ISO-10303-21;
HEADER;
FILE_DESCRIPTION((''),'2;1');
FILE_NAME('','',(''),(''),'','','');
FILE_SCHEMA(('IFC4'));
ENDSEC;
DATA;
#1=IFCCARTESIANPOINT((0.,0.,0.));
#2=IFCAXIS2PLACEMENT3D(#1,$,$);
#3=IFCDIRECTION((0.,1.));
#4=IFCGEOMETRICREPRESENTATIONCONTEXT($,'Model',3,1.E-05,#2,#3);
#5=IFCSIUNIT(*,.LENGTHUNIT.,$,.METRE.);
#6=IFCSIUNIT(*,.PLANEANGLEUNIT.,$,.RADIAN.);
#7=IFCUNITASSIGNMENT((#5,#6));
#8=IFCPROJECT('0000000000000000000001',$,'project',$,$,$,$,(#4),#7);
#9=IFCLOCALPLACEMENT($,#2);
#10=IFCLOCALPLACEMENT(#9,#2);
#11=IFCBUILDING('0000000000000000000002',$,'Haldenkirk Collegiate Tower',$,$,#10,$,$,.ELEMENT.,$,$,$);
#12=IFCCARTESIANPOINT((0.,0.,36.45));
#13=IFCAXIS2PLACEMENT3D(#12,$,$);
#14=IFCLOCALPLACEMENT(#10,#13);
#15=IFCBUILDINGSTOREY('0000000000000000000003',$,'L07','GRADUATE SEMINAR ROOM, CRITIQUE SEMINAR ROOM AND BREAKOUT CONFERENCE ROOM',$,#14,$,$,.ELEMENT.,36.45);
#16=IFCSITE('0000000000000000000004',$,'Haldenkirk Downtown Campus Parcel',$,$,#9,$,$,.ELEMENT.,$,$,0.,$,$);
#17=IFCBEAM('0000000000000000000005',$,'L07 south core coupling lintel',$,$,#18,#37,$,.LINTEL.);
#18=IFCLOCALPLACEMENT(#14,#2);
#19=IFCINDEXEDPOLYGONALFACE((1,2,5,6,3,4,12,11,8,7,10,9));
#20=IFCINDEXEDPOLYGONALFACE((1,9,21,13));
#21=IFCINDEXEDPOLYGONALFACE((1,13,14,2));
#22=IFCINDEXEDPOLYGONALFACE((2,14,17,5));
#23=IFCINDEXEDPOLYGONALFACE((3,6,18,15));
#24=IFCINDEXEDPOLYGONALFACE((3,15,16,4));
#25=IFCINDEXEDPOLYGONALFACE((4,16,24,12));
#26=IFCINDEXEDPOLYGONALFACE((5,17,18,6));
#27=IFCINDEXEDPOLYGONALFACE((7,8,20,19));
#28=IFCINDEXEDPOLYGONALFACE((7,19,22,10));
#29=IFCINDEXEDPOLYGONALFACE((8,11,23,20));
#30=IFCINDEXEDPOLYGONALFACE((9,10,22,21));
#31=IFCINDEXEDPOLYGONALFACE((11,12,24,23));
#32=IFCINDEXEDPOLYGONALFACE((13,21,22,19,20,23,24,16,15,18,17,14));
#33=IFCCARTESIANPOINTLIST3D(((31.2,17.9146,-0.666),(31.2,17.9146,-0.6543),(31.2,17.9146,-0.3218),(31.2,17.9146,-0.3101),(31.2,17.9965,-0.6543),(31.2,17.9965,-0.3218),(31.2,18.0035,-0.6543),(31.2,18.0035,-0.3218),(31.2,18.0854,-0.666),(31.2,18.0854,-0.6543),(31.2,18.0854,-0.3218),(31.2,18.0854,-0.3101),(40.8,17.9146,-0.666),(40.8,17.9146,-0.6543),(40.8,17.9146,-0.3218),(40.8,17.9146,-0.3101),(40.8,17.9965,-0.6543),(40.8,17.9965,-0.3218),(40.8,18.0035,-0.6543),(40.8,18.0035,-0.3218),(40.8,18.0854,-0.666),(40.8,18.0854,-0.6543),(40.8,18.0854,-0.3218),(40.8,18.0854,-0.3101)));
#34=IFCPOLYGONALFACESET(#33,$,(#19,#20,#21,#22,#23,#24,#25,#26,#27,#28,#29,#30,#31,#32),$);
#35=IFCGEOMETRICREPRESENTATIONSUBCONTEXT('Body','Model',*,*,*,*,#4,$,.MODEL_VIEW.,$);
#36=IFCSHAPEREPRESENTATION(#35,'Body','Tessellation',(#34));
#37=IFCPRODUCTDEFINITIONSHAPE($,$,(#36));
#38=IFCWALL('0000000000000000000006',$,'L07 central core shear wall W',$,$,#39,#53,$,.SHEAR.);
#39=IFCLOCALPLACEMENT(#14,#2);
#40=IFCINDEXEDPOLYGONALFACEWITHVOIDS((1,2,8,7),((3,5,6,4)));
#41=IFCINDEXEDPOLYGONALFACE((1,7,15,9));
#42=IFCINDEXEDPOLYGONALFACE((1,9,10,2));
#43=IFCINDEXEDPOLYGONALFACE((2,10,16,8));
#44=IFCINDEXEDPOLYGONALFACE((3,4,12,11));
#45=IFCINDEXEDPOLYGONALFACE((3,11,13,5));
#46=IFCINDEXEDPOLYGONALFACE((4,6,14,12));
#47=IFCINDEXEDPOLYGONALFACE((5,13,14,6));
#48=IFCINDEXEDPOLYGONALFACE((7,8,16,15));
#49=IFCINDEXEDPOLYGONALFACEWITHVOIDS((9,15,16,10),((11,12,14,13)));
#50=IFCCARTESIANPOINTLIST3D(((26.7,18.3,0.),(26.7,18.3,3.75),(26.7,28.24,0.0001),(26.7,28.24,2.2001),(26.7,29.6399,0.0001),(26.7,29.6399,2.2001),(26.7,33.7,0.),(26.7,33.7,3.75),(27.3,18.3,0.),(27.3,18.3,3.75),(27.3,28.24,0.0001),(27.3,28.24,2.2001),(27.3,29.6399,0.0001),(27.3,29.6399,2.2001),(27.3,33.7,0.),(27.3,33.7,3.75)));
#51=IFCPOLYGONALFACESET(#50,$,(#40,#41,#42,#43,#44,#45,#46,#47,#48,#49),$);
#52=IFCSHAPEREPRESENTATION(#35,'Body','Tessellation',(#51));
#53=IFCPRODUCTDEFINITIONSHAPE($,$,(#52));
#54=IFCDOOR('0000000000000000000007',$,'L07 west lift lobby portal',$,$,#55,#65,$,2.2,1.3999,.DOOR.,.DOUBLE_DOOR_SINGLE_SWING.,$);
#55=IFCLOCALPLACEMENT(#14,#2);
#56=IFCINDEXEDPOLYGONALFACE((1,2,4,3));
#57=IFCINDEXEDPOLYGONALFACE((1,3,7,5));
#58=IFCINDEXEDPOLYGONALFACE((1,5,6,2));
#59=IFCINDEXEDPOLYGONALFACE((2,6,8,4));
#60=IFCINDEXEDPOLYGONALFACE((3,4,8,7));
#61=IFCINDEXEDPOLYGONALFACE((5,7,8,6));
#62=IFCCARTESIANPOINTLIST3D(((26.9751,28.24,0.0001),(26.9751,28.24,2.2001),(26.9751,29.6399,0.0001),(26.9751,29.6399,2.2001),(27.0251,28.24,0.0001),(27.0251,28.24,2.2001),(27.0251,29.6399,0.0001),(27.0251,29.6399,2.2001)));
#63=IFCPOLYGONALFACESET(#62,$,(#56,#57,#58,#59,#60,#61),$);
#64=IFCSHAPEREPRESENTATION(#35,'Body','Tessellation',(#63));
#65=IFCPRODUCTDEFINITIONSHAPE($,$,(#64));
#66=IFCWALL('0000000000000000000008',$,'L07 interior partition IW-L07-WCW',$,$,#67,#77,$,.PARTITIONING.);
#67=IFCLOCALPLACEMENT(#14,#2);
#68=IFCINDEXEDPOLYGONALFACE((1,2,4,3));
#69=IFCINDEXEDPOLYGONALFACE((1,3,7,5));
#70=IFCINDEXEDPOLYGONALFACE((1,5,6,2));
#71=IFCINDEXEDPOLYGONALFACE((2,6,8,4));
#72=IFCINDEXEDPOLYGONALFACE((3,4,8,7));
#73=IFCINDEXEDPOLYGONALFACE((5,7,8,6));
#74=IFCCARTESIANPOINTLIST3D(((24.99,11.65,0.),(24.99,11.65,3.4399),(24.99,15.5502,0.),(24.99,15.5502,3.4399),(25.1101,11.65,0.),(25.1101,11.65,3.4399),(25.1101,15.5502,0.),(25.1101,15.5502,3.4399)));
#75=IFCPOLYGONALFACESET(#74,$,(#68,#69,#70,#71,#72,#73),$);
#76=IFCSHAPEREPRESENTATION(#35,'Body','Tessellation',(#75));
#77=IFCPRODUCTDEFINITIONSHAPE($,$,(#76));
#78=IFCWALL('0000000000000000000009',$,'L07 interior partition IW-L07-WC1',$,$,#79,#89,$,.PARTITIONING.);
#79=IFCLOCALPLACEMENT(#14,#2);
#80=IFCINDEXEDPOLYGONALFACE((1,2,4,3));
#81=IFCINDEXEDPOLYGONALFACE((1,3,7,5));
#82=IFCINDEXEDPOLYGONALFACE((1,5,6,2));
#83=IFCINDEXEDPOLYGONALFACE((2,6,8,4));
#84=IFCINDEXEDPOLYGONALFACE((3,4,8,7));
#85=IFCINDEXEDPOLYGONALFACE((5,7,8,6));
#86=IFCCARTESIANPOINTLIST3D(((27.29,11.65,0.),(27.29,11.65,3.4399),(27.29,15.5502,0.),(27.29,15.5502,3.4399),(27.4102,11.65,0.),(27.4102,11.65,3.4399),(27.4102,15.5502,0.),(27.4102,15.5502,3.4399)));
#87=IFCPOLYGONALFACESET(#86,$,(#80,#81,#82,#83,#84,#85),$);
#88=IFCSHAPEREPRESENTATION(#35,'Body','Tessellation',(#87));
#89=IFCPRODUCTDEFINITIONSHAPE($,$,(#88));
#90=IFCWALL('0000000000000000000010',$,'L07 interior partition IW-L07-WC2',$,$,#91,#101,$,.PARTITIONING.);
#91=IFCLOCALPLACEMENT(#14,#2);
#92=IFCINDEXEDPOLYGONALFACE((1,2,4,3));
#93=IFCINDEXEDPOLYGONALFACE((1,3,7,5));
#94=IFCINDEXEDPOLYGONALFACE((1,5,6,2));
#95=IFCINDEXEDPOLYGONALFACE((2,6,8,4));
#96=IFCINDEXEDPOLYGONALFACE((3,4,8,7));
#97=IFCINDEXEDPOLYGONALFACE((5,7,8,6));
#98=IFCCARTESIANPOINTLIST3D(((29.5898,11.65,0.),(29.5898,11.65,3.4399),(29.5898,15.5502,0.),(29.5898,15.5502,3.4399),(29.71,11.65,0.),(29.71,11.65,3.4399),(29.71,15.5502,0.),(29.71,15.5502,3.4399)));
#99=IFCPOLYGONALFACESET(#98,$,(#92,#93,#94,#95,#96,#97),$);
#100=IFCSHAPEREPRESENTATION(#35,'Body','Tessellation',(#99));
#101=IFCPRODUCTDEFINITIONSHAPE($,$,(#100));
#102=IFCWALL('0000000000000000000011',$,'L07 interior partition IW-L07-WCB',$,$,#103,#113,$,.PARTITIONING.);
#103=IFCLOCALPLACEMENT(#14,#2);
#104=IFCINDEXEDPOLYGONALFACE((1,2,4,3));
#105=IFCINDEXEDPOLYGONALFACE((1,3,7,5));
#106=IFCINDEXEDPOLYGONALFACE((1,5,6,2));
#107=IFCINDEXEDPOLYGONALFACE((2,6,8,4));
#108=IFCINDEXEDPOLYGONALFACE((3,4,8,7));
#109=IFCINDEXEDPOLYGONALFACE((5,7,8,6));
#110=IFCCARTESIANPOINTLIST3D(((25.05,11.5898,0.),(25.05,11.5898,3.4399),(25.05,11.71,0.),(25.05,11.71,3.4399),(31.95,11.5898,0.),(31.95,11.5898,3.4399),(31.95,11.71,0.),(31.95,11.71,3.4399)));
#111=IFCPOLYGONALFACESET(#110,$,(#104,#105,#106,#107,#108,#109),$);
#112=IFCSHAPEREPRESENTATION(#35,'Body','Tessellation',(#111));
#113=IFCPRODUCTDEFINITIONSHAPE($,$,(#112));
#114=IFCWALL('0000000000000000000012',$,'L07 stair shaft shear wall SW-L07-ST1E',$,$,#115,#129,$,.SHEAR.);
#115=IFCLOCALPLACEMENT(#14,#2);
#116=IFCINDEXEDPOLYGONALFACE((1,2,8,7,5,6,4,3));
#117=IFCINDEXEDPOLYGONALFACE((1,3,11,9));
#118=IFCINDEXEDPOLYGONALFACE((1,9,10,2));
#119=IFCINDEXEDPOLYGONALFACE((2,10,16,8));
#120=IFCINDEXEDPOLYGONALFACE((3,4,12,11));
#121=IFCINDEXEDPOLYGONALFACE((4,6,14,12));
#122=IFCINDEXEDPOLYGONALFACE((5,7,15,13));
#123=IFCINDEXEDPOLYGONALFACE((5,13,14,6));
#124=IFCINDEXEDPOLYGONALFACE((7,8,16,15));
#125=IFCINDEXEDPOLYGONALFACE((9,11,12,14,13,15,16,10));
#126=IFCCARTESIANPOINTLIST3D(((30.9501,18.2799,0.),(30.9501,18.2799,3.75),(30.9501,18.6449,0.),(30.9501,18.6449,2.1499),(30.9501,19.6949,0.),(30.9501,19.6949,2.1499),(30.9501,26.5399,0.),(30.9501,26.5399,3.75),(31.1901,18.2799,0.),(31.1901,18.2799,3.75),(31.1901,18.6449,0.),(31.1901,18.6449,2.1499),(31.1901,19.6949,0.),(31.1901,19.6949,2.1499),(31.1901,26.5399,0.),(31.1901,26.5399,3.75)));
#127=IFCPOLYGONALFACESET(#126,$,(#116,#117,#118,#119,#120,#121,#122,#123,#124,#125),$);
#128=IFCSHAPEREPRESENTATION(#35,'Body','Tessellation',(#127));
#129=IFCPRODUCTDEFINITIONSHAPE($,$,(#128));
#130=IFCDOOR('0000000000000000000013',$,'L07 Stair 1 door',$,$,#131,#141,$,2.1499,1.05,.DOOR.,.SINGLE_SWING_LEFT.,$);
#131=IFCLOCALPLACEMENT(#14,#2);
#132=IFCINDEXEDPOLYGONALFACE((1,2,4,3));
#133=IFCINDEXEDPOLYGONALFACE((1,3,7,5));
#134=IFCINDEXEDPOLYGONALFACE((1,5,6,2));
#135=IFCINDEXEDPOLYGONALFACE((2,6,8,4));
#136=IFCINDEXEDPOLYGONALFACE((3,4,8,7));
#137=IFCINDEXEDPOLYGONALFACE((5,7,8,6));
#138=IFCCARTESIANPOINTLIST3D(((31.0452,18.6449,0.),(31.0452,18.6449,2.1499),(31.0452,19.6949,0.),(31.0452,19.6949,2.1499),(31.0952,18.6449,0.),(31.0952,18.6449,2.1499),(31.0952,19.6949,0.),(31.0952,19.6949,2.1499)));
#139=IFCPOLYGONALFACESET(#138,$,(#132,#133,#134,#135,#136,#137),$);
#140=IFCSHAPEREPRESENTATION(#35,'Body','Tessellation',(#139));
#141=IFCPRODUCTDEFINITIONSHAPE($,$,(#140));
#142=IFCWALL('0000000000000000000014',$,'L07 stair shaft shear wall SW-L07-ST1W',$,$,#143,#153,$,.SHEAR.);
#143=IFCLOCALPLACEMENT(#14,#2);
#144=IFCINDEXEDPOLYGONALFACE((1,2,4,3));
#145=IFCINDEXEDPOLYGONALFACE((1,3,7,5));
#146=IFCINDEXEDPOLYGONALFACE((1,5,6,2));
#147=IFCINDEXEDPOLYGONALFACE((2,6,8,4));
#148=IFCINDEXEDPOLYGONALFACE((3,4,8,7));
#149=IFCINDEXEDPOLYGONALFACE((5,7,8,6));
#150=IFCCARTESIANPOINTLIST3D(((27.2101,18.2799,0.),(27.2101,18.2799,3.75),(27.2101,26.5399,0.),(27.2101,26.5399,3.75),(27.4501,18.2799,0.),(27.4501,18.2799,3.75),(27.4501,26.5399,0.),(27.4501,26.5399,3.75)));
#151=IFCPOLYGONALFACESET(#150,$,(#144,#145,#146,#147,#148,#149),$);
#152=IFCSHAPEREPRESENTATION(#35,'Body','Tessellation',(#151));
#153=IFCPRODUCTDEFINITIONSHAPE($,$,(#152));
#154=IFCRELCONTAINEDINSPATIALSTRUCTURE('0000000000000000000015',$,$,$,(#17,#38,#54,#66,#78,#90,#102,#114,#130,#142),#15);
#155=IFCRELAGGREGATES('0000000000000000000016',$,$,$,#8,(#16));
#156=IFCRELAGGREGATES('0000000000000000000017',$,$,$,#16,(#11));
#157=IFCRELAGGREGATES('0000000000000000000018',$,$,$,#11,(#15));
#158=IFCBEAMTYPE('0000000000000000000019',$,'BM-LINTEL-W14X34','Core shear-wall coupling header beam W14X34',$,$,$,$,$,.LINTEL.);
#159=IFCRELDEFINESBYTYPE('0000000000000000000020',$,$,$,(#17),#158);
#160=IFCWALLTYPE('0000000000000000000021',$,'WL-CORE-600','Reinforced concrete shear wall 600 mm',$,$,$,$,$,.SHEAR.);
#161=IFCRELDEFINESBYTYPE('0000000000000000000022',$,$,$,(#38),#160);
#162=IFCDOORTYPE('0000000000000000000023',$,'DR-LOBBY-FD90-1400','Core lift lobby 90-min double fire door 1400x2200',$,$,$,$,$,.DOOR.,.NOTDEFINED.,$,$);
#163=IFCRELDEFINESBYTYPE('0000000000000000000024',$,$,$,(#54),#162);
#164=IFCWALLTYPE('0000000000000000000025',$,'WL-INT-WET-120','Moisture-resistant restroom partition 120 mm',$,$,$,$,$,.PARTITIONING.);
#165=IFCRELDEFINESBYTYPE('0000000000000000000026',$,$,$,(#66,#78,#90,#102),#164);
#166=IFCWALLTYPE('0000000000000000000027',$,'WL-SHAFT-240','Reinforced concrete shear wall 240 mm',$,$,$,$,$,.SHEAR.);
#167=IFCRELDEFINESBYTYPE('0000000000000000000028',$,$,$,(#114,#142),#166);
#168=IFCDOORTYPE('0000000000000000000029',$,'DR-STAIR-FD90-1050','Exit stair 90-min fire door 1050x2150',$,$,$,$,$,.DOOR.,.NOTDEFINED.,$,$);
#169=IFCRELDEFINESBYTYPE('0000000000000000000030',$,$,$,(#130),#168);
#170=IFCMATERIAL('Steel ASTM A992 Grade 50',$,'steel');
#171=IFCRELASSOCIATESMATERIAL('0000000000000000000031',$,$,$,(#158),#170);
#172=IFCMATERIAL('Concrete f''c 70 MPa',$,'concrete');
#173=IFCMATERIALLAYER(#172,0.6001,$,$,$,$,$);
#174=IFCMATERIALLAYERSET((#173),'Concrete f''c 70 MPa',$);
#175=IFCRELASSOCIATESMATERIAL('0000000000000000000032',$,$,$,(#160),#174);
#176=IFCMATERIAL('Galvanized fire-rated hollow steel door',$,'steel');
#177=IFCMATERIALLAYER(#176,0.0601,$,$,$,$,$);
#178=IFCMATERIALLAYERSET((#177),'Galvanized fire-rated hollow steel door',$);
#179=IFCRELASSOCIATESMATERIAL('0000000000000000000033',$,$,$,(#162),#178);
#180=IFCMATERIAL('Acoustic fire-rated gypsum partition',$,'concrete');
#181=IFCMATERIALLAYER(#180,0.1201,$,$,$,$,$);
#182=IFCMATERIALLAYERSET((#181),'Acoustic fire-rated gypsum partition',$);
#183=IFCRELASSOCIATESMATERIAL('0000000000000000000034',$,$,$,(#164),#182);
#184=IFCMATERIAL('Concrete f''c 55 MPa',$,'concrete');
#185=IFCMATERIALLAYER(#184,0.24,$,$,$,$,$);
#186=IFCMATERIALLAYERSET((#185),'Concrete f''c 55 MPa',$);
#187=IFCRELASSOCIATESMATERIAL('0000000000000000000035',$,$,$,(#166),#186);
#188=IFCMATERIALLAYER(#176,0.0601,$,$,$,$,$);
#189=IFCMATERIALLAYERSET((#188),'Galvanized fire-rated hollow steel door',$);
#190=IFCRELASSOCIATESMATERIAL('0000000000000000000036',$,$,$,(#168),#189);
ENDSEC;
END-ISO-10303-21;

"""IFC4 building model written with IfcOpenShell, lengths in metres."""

from ifc_helpers import new_model, si_unit, direction, frame, frame_2d, origin, origin_2d, place, context, subcontext, project, spatial, rectangle, i_section, extrude, material, layer, layer_set, material_profile, profile_set, type_object, element, fill, save


model = new_model("IFC4")

# Units and contexts
model_context = context("Model", 3, precision=1e-05, world=origin(), true_north=direction((0.0, 1.0)))
body_context = subcontext(model_context, "Body", "Model", "MODEL_VIEW")
ifc_project = project(units=[si_unit("LENGTHUNIT", "METRE"), si_unit("PLANEANGLEUNIT", "RADIAN")], contexts=[model_context])

# Site, building, storey
site_placement = place(None, origin())
site = spatial("IfcSite", under=ifc_project, at=site_placement, Name="Haldenkirk Downtown Campus Parcel", CompositionType="ELEMENT", RefElevation=0.0)
building_placement = place(site_placement, origin())
building = spatial("IfcBuilding", under=site, at=building_placement, Name="Haldenkirk Collegiate Tower", CompositionType="ELEMENT")
storey_placement = place(building_placement, frame((0.0, 0.0, 36.45)))
storey = spatial("IfcBuildingStorey", under=building, at=storey_placement, Name="L07", Description="GRADUATE SEMINAR ROOM, CRITIQUE SEMINAR ROOM AND BREAKOUT CONFERENCE ROOM", CompositionType="ELEMENT", Elevation=36.45)

# Beam
ifc_material_1 = material(Name="Steel ASTM A992 Grade 50", Category="steel")
ifc_material_profile = material_profile(ifc_material_1, i_section(OverallWidth=0.1709, OverallDepth=0.356, WebThickness=0.0071, FlangeThickness=0.0117, at=origin_2d()), Name="W14X34")
ifc_profile_set = profile_set([ifc_material_profile], Name="Steel ASTM A992 Grade 50")
beam_type = type_object("IfcBeamType", Name="BM-LINTEL-W14X34", Description="Core shear-wall coupling header beam W14X34", PredefinedType="LINTEL", material=ifc_profile_set)
beam_placement = place(storey_placement, frame((31.2, 18.0, -0.488), z_axis=(1.0, 0.0, 0.0), x_axis=(0.0, 1.0, 0.0)))
element("IfcBeam", 1, at=beam_placement, inside=storey, type_object=beam_type, Name="L07 south core coupling lintel", PredefinedType="LINTEL", context=body_context, shape_type="SweptSolid", body=[
    extrude(i_section(OverallWidth=0.1709, OverallDepth=0.356, WebThickness=0.0071, FlangeThickness=0.0117, at=origin_2d()), origin(), (0.0, 0.0, 1.0), 9.6001),
])

# Shared definitions
ifc_material_2 = material(Name="Concrete f'c 70 MPa", Category="concrete")
ifc_layer_1 = layer(ifc_material_2, 0.6001)
ifc_layer_set_1 = layer_set([ifc_layer_1], Name="Concrete f'c 70 MPa")
wall_type_1 = type_object("IfcWallType", Name="WL-CORE-600", Description="Reinforced concrete shear wall 600 mm", PredefinedType="SHEAR", material=ifc_layer_set_1)
ifc_material_3 = material(Name="Galvanized fire-rated hollow steel door", Category="steel")

# Wall, opening, door
wall_1_placement = place(storey_placement, frame((27.0, 18.3, 0.0), z_axis=(0.0, 0.0, 1.0), x_axis=(0.0, 1.0, 0.0)))
wall_1 = element("IfcWall", 2, at=wall_1_placement, inside=storey, type_object=wall_type_1, Name="L07 central core shear wall W", PredefinedType="SHEAR", context=body_context, shape_type="SweptSolid", body=[
    extrude(rectangle(XDim=15.3999, YDim=0.6001, at=frame_2d((7.7, 0.0))), origin(), (0.0, 0.0, 1.0), 3.75),
])
opening_1_placement = place(wall_1_placement, frame((9.9399, 0.0, 0.0)))
opening_1 = element("IfcOpeningElement", 3, at=opening_1_placement, cuts=wall_1, PredefinedType="OPENING", context=body_context, shape_type="SweptSolid", body=[
    extrude(rectangle(XDim=1.3999, YDim=2.2, at=frame_2d((0.7, 1.1001))), frame((0.0, 0.3101, 0.0), z_axis=(0.0, -1.0, 0.0), x_axis=(1.0, 0.0, 0.0)), (0.0, 0.0, 1.0), 0.6201),
])
ifc_layer_2 = layer(ifc_material_3, 0.0601)
ifc_layer_set_2 = layer_set([ifc_layer_2], Name="Galvanized fire-rated hollow steel door")
door_type_1 = type_object("IfcDoorType", Name="DR-LOBBY-FD90-1400", Description="Core lift lobby 90-min double fire door 1400x2200", OperationType="NOTDEFINED", PredefinedType="DOOR", material=ifc_layer_set_2)
door_1_placement = place(opening_1_placement, origin())
door_1 = element("IfcDoor", 4, at=door_1_placement, inside=storey, type_object=door_type_1, Name="L07 west lift lobby portal", OperationType="DOUBLE_DOOR_SINGLE_SWING", OverallHeight=2.2, OverallWidth=1.3999, PredefinedType="DOOR", context=body_context, shape_type="SweptSolid", body=[
    extrude(rectangle(XDim=1.3999, YDim=2.2, at=frame_2d((0.7, 1.1001))), frame((0.0, 0.0249, 0.0), z_axis=(0.0, -1.0, 0.0), x_axis=(1.0, 0.0, 0.0)), (0.0, 0.0, 1.0), 0.05),
])
fill(opening_1, door_1)

# Walls
ifc_material_4 = material(Name="Acoustic fire-rated gypsum partition", Category="concrete")
ifc_layer_3 = layer(ifc_material_4, 0.1201)
ifc_layer_set_3 = layer_set([ifc_layer_3], Name="Acoustic fire-rated gypsum partition")
wall_type_2 = type_object("IfcWallType", Name="WL-INT-WET-120", Description="Moisture-resistant restroom partition 120 mm", PredefinedType="PARTITIONING", material=ifc_layer_set_3)
for number, where, z_axis, x_axis, name in (
    (5, (25.05, 11.6499, 0.0), (0.0, 0.0, 1.0), (0.0, 1.0, 0.0), "L07 interior partition IW-L07-WCW"),
    (6, (27.3501, 11.6499, 0.0), (0.0, 0.0, 1.0), (0.0, 1.0, 0.0), "L07 interior partition IW-L07-WC1"),
    (7, (29.6499, 11.6499, 0.0), (0.0, 0.0, 1.0), (0.0, 1.0, 0.0), "L07 interior partition IW-L07-WC2"),
):
    element("IfcWall", number, at=place(storey_placement, frame(where, z_axis=z_axis, x_axis=x_axis)), inside=storey, type_object=wall_type_2, Name=name, PredefinedType="PARTITIONING", context=body_context, shape_type="SweptSolid", body=[
        extrude(rectangle(XDim=3.9001, YDim=0.1201, at=frame_2d((1.9502, 0.0))), origin(), (0.0, 0.0, 1.0), 3.4399),
    ])
wall_2_placement = place(storey_placement, frame((25.05, 11.6499, 0.0), z_axis=(0.0, 0.0, 1.0), x_axis=(1.0, 0.0, 0.0)))
element("IfcWall", 8, at=wall_2_placement, inside=storey, type_object=wall_type_2, Name="L07 interior partition IW-L07-WCB", PredefinedType="PARTITIONING", context=body_context, shape_type="SweptSolid", body=[
    extrude(rectangle(XDim=6.8999, YDim=0.1201, at=frame_2d((3.45, 0.0))), origin(), (0.0, 0.0, 1.0), 3.4399),
])

# Wall, opening, door
ifc_material_5 = material(Name="Concrete f'c 55 MPa", Category="concrete")
ifc_layer_4 = layer(ifc_material_5, 0.24)
ifc_layer_set_4 = layer_set([ifc_layer_4], Name="Concrete f'c 55 MPa")
wall_type_3 = type_object("IfcWallType", Name="WL-SHAFT-240", Description="Reinforced concrete shear wall 240 mm", PredefinedType="SHEAR", material=ifc_layer_set_4)
wall_3_placement = place(storey_placement, frame((31.0701, 18.28, 0.0), z_axis=(0.0, 0.0, 1.0), x_axis=(0.0, 1.0, 0.0)))
wall_3 = element("IfcWall", 9, at=wall_3_placement, inside=storey, type_object=wall_type_3, Name="L07 stair shaft shear wall SW-L07-ST1E", PredefinedType="SHEAR", context=body_context, shape_type="SweptSolid", body=[
    extrude(rectangle(XDim=8.26, YDim=0.24, at=frame_2d((4.1299, 0.0))), origin(), (0.0, 0.0, 1.0), 3.75),
])
opening_2_placement = place(wall_3_placement, frame((0.365, 0.0, 0.0)))
opening_2 = element("IfcOpeningElement", 10, at=opening_2_placement, cuts=wall_3, PredefinedType="OPENING", context=body_context, shape_type="SweptSolid", body=[
    extrude(rectangle(XDim=1.05, YDim=2.1499, at=frame_2d((0.5249, 1.075))), frame((0.0, 0.1299, 0.0), z_axis=(0.0, -1.0, 0.0), x_axis=(1.0, 0.0, 0.0)), (0.0, 0.0, 1.0), 0.26),
])
ifc_layer_5 = layer(ifc_material_3, 0.0601)
ifc_layer_set_5 = layer_set([ifc_layer_5], Name="Galvanized fire-rated hollow steel door")
door_type_2 = type_object("IfcDoorType", Name="DR-STAIR-FD90-1050", Description="Exit stair 90-min fire door 1050x2150", OperationType="NOTDEFINED", PredefinedType="DOOR", material=ifc_layer_set_5)
door_2_placement = place(opening_2_placement, origin())
door_2 = element("IfcDoor", 11, at=door_2_placement, inside=storey, type_object=door_type_2, Name="L07 Stair 1 door", OperationType="SINGLE_SWING_LEFT", OverallHeight=2.1499, OverallWidth=1.05, PredefinedType="DOOR", context=body_context, shape_type="SweptSolid", body=[
    extrude(rectangle(XDim=1.05, YDim=2.1499, at=frame_2d((0.5249, 1.075))), frame((0.0, 0.0249, 0.0), z_axis=(0.0, -1.0, 0.0), x_axis=(1.0, 0.0, 0.0)), (0.0, 0.0, 1.0), 0.05),
])
fill(opening_2, door_2)

# Wall
wall_4_placement = place(storey_placement, frame((27.3301, 18.28, 0.0), z_axis=(0.0, 0.0, 1.0), x_axis=(0.0, 1.0, 0.0)))
element("IfcWall", 12, at=wall_4_placement, inside=storey, type_object=wall_type_3, Name="L07 stair shaft shear wall SW-L07-ST1W", PredefinedType="SHEAR", context=body_context, shape_type="SweptSolid", body=[
    extrude(rectangle(XDim=8.26, YDim=0.24, at=frame_2d((4.1299, 0.0))), origin(), (0.0, 0.0, 1.0), 3.75),
])

save(model, "model.ifc")
